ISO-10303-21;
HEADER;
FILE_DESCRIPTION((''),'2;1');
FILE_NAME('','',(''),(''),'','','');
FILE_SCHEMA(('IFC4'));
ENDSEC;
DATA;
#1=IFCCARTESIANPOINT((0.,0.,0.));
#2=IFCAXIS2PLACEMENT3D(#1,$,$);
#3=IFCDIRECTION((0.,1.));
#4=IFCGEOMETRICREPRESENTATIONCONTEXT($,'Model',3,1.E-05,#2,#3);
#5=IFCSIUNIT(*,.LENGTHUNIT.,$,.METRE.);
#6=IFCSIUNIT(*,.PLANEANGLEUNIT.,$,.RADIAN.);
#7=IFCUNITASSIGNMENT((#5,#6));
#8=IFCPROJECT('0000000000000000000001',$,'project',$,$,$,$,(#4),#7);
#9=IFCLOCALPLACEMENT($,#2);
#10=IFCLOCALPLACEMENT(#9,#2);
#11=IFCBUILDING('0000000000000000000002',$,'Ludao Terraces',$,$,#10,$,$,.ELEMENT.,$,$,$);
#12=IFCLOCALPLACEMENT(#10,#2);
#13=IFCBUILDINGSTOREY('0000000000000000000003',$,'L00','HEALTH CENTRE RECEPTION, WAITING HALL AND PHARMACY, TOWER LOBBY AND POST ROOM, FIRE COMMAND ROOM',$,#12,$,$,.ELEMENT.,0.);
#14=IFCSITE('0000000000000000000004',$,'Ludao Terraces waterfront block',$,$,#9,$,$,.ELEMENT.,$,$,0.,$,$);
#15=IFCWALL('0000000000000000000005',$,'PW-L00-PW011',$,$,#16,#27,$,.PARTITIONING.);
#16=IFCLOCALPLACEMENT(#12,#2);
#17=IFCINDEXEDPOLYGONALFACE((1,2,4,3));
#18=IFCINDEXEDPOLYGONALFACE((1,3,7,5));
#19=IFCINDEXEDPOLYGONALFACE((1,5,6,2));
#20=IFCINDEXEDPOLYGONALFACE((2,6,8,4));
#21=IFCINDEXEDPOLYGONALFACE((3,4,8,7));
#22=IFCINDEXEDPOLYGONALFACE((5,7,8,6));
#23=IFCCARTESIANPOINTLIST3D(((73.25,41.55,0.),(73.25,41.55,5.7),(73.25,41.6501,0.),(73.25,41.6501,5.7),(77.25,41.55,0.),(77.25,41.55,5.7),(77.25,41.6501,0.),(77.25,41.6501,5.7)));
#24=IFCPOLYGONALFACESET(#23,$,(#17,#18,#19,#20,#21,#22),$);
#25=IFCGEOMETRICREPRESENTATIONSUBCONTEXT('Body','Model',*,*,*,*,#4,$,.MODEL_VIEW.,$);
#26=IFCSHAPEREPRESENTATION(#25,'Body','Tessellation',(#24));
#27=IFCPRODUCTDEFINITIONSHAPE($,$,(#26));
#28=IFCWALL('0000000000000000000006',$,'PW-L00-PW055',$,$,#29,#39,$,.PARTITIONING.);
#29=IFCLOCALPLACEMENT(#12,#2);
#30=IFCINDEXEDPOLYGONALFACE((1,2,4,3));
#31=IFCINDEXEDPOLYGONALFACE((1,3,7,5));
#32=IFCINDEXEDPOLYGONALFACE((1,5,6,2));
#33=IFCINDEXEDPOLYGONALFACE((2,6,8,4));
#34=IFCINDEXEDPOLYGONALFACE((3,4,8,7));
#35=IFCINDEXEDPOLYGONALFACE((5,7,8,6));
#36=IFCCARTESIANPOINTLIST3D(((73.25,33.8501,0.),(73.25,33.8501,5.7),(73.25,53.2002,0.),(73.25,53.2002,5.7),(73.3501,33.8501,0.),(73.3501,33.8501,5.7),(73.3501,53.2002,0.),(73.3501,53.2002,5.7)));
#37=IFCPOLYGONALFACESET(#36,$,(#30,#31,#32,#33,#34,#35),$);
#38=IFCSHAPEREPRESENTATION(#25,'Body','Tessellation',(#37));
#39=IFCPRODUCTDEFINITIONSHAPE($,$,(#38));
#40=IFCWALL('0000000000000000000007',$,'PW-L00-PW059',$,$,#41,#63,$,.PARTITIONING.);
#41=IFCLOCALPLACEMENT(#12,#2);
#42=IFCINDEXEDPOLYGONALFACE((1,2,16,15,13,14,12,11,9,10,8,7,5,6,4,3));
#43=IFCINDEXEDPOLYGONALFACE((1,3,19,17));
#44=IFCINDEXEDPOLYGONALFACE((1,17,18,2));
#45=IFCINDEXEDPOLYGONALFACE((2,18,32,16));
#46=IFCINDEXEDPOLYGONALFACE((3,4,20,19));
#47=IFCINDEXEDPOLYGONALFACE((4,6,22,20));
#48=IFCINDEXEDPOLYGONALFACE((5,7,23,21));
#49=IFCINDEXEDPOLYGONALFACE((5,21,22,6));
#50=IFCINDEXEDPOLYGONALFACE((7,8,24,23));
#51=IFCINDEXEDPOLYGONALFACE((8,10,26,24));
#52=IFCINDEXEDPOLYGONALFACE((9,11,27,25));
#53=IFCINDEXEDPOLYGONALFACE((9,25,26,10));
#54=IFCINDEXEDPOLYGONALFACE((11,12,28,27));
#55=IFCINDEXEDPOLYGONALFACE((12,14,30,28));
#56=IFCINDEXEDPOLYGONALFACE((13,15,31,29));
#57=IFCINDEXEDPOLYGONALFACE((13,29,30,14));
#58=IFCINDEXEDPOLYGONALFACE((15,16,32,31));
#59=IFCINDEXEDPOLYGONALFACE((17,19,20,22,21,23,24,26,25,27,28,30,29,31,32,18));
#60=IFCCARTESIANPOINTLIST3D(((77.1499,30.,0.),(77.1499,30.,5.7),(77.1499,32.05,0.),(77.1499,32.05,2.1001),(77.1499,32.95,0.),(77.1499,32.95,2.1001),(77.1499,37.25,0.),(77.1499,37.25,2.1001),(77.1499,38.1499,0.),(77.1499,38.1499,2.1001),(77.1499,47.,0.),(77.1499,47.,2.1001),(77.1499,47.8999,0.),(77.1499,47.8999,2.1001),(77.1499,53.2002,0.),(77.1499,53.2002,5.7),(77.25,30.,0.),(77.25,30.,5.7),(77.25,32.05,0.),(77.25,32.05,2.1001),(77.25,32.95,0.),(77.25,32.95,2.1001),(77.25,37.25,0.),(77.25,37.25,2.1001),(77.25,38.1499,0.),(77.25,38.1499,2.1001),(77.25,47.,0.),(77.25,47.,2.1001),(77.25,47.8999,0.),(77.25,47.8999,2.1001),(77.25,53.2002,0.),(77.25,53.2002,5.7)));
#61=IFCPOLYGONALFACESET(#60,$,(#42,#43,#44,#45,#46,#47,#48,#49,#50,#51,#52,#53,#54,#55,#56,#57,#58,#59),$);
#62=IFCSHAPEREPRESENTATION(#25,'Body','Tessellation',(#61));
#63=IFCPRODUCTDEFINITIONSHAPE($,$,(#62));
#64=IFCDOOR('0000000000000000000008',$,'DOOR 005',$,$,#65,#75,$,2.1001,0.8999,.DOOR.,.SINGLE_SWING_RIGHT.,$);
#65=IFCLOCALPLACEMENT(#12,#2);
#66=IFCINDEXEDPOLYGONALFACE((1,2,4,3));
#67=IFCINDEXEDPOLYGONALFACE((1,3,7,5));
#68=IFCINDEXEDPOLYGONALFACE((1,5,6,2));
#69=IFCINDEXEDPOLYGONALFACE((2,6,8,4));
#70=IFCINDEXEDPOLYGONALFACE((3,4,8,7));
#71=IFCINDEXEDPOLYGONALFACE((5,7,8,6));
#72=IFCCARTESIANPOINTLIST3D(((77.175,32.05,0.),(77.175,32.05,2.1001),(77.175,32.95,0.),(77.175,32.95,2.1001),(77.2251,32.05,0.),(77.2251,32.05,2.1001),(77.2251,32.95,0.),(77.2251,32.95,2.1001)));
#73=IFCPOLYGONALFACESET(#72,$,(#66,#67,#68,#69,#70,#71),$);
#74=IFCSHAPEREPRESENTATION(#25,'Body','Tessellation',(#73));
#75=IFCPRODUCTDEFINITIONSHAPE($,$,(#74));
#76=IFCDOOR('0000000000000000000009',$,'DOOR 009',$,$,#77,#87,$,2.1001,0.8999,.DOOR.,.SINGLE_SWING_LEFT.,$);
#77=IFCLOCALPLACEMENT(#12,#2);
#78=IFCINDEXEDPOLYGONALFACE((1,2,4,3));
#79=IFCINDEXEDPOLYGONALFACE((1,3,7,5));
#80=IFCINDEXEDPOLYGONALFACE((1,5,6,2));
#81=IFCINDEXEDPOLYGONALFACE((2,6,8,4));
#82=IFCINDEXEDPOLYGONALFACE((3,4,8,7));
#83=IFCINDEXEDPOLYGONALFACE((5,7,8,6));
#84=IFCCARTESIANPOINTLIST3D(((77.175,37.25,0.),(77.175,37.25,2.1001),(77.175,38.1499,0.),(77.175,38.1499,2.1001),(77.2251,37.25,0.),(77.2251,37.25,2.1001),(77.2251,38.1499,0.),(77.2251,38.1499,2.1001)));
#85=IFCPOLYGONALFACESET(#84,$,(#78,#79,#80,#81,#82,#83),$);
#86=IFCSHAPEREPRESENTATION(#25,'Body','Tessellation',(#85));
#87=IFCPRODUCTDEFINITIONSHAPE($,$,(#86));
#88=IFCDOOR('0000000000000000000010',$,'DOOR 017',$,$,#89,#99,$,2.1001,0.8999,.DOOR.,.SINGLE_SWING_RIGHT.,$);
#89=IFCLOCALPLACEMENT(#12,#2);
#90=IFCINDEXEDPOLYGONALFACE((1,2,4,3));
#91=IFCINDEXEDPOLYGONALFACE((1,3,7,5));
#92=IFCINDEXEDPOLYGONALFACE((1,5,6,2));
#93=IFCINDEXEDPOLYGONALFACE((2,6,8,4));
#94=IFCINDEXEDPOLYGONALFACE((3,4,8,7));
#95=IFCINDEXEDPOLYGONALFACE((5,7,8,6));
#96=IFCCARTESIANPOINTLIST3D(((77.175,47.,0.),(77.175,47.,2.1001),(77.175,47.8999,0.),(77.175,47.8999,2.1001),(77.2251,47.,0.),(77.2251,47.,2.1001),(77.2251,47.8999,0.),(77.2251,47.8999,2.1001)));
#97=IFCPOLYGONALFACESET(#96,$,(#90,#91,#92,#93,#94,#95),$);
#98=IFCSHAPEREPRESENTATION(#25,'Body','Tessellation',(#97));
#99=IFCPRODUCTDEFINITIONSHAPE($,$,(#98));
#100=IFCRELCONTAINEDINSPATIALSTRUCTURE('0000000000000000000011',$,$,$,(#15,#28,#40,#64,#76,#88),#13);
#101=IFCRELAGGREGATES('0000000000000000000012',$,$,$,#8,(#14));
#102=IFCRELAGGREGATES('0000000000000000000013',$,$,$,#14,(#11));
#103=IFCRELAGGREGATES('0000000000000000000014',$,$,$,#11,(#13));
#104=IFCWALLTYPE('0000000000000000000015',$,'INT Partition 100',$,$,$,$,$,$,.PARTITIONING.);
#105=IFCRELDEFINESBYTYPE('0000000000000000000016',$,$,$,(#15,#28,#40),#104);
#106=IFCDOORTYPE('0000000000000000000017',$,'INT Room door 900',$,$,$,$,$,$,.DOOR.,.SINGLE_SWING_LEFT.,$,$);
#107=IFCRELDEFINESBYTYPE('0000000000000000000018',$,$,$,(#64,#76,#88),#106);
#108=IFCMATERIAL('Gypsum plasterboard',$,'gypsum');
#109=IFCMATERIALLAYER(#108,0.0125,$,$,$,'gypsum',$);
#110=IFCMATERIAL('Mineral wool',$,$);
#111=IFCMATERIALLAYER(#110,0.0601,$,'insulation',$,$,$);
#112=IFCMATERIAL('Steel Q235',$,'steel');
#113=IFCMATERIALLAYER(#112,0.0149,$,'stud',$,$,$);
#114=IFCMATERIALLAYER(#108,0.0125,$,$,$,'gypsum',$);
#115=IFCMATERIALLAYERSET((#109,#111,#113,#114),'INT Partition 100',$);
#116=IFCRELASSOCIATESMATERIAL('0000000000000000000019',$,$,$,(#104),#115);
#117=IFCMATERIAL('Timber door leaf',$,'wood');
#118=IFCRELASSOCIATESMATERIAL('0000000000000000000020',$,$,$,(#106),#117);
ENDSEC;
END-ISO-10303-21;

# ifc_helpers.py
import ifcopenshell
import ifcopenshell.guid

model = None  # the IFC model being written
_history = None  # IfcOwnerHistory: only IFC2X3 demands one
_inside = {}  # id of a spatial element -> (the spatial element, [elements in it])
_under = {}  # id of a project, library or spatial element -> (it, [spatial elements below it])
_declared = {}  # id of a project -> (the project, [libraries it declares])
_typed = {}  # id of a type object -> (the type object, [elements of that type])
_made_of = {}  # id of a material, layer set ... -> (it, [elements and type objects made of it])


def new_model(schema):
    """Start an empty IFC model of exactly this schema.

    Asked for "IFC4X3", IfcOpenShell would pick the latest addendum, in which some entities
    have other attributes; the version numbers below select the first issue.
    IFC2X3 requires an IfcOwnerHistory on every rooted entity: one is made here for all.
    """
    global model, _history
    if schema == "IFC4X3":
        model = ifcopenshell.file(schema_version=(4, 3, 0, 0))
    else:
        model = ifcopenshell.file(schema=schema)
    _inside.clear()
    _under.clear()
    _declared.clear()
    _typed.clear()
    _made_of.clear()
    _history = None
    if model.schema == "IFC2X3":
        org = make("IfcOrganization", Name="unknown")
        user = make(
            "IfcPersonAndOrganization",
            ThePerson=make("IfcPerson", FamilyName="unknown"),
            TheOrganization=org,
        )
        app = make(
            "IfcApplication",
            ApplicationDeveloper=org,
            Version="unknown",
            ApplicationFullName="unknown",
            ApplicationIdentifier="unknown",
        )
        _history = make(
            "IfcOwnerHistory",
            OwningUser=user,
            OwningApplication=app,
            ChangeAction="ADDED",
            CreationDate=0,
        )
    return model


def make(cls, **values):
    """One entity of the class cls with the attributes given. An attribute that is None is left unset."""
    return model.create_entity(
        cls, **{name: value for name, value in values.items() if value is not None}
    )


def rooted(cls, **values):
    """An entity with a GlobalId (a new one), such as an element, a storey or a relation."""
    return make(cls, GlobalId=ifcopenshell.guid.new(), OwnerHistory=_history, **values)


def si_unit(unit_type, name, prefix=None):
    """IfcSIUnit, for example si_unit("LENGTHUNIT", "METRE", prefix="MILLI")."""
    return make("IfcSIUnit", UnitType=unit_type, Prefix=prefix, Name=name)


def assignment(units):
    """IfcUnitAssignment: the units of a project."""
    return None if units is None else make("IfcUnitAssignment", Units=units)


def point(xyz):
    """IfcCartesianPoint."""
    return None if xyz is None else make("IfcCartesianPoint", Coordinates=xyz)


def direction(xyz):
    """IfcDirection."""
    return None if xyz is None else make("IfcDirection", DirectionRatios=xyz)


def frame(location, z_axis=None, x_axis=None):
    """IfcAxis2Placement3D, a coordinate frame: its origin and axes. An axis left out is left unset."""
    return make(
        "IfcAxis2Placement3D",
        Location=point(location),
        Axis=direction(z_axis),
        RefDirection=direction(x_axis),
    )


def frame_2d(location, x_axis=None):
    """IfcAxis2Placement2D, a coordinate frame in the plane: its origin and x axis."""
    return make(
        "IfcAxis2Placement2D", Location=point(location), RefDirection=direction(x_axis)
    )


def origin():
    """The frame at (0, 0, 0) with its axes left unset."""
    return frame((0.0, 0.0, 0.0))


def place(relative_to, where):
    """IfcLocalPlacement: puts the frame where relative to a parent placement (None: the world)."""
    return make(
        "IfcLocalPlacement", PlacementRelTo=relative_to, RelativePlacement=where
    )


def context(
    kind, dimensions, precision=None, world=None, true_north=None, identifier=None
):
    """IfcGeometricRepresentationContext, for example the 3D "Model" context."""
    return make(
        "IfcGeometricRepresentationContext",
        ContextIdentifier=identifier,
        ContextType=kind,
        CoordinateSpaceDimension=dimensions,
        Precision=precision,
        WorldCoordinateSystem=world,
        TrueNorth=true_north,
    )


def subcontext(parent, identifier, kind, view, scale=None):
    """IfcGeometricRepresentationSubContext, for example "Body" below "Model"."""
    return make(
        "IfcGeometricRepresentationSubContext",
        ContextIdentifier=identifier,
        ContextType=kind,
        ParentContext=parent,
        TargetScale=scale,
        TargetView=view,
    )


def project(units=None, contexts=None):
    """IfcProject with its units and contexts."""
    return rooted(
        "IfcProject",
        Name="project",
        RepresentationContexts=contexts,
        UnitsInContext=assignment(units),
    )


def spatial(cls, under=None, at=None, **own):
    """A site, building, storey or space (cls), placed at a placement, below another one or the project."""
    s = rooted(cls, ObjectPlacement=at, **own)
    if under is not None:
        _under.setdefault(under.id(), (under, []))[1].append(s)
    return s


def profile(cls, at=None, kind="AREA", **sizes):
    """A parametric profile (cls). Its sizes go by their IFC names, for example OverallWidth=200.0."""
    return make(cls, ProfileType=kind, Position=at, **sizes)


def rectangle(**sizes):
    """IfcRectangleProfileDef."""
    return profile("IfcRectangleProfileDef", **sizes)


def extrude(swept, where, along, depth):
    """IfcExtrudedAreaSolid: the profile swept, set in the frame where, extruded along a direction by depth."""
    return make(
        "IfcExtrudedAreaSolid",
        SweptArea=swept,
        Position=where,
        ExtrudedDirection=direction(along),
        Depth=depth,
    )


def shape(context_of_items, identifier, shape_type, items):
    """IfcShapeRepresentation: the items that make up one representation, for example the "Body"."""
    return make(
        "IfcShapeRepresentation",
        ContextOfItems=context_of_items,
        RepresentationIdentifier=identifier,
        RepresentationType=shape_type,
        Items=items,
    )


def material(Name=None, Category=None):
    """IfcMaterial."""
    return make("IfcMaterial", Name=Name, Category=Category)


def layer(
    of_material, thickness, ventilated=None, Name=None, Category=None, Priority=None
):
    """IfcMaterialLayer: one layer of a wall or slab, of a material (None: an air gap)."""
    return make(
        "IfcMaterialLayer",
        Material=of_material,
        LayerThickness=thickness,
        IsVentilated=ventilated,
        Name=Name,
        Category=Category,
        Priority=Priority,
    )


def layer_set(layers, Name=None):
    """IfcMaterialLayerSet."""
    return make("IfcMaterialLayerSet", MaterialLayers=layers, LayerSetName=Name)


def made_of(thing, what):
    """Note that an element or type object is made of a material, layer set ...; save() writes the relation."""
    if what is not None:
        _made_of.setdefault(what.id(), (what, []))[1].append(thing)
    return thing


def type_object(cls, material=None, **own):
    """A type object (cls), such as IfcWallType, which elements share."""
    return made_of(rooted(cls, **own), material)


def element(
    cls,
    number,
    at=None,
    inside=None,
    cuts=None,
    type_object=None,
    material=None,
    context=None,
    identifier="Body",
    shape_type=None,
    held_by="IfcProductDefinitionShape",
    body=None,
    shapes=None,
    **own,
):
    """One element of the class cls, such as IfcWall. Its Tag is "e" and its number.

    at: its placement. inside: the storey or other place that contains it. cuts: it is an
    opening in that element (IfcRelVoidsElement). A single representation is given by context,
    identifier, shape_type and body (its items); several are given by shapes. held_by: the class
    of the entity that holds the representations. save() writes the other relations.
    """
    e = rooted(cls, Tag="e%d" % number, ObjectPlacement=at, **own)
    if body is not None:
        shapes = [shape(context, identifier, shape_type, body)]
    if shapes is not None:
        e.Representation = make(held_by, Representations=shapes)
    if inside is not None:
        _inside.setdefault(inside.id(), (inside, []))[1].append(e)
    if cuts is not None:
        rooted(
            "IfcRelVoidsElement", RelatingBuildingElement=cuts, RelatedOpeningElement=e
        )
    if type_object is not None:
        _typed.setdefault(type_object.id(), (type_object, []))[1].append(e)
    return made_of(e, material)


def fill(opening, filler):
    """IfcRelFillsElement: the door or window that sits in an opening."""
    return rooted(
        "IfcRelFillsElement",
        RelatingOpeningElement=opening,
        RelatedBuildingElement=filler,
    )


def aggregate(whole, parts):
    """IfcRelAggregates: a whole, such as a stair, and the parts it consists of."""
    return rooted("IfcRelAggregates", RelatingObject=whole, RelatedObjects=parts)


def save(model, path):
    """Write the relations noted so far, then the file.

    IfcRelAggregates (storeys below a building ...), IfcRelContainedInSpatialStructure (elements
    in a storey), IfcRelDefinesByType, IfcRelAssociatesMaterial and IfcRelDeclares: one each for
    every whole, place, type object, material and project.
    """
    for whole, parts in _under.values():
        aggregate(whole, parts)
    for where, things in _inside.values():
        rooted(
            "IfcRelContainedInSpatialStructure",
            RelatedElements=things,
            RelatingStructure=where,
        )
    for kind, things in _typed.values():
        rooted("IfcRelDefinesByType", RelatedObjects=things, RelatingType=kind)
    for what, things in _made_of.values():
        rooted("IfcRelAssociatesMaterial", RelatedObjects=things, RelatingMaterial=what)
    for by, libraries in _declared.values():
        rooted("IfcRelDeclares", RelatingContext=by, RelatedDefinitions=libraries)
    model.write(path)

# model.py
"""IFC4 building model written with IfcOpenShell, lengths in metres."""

from ifc_helpers import new_model, si_unit, direction, frame, frame_2d, origin, place, context, subcontext, project, spatial, rectangle, extrude, material, layer, layer_set, type_object, element, fill, save


model = new_model("IFC4")

# Units and contexts
model_context = context("Model", 3, precision=1e-05, world=origin(), true_north=direction((0.0, 1.0)))
body_context = subcontext(model_context, "Body", "Model", "MODEL_VIEW")
ifc_project = project(units=[si_unit("LENGTHUNIT", "METRE"), si_unit("PLANEANGLEUNIT", "RADIAN")], contexts=[model_context])

# Site, building, storey
site_placement = place(None, origin())
site = spatial("IfcSite", under=ifc_project, at=site_placement, Name="Ludao Terraces waterfront block", CompositionType="ELEMENT", RefElevation=0.0)
building_placement = place(site_placement, origin())
building = spatial("IfcBuilding", under=site, at=building_placement, Name="Ludao Terraces", CompositionType="ELEMENT")
storey_placement = place(building_placement, origin())
storey = spatial("IfcBuildingStorey", under=building, at=storey_placement, Name="L00", Description="HEALTH CENTRE RECEPTION, WAITING HALL AND PHARMACY, TOWER LOBBY AND POST ROOM, FIRE COMMAND ROOM", CompositionType="ELEMENT", Elevation=0.0)

# Shared definitions
ifc_material_1 = material(Name="Mineral wool")

# Walls
ifc_material_2 = material(Name="Gypsum plasterboard", Category="gypsum")
ifc_layer_1 = layer(ifc_material_2, 0.0125, Category="gypsum")
ifc_layer_2 = layer(ifc_material_1, 0.0601, Name="insulation")
ifc_material_3 = material(Name="Steel Q235", Category="steel")
ifc_layer_3 = layer(ifc_material_3, 0.0149, Name="stud")
ifc_layer_4 = layer(ifc_material_2, 0.0125, Category="gypsum")
ifc_layer_set_1 = layer_set([ifc_layer_1, ifc_layer_2, ifc_layer_3, ifc_layer_4], Name="INT Partition 100")
wall_type_1 = type_object("IfcWallType", Name="INT Partition 100", PredefinedType="PARTITIONING", material=ifc_layer_set_1)
wall_1_placement = place(storey_placement, frame((73.25, 41.6001, 0.0), z_axis=(0.0, 0.0, 1.0), x_axis=(1.0, 0.0, 0.0)))
element("IfcWall", 1, at=wall_1_placement, inside=storey, type_object=wall_type_1, Name="PW-L00-PW011", PredefinedType="PARTITIONING", context=body_context, shape_type="SweptSolid", body=[
    extrude(rectangle(XDim=4.0, YDim=0.1001, at=frame_2d((2.0, 0.0))), origin(), (0.0, 0.0, 1.0), 5.7),
])
wall_2_placement = place(storey_placement, frame((73.3, 33.8501, 0.0), z_axis=(0.0, 0.0, 1.0), x_axis=(0.0, 1.0, 0.0)))
element("IfcWall", 2, at=wall_2_placement, inside=storey, type_object=wall_type_1, Name="PW-L00-PW055", PredefinedType="PARTITIONING", context=body_context, shape_type="SweptSolid", body=[
    extrude(rectangle(XDim=19.3501, YDim=0.1001, at=frame_2d((9.675, 0.0))), origin(), (0.0, 0.0, 1.0), 5.7),
])

# Wall, openings, doors
wall_3_placement = place(storey_placement, frame((77.2, 30.0, 0.0), z_axis=(0.0, 0.0, 1.0), x_axis=(0.0, 1.0, 0.0)))
wall_3 = element("IfcWall", 3, at=wall_3_placement, inside=storey, type_object=wall_type_1, Name="PW-L00-PW059", PredefinedType="PARTITIONING", context=body_context, shape_type="SweptSolid", body=[
    extrude(rectangle(XDim=23.2002, YDim=0.1001, at=frame_2d((11.6001, 0.0))), origin(), (0.0, 0.0, 1.0), 5.7),
])
opening_1_placement = place(wall_3_placement, frame((2.05, 0.0, 0.0)))
opening_1 = element("IfcOpeningElement", 4, at=opening_1_placement, cuts=wall_3, PredefinedType="OPENING", context=body_context, shape_type="SweptSolid", body=[
    extrude(rectangle(XDim=0.8999, YDim=2.1001, at=frame_2d((0.45, 1.05))), frame((0.0, 0.0601, 0.0), z_axis=(0.0, -1.0, 0.0), x_axis=(1.0, 0.0, 0.0)), (0.0, 0.0, 1.0), 0.1201),
])
opening_2_placement = place(wall_3_placement, frame((7.25, 0.0, 0.0)))
opening_2 = element("IfcOpeningElement", 5, at=opening_2_placement, cuts=wall_3, PredefinedType="OPENING", context=body_context, shape_type="SweptSolid", body=[
    extrude(rectangle(XDim=0.8999, YDim=2.1001, at=frame_2d((0.45, 1.05))), frame((0.0, 0.0601, 0.0), z_axis=(0.0, -1.0, 0.0), x_axis=(1.0, 0.0, 0.0)), (0.0, 0.0, 1.0), 0.1201),
])
opening_3_placement = place(wall_3_placement, frame((17.0, 0.0, 0.0)))
opening_3 = element("IfcOpeningElement", 6, at=opening_3_placement, cuts=wall_3, PredefinedType="OPENING", context=body_context, shape_type="SweptSolid", body=[
    extrude(rectangle(XDim=0.8999, YDim=2.1001, at=frame_2d((0.45, 1.05))), frame((0.0, 0.0601, 0.0), z_axis=(0.0, -1.0, 0.0), x_axis=(1.0, 0.0, 0.0)), (0.0, 0.0, 1.0), 0.1201),
])
ifc_material_4 = material(Name="Timber door leaf", Category="wood")
door_type_1 = type_object("IfcDoorType", Name="INT Room door 900", OperationType="SINGLE_SWING_LEFT", PredefinedType="DOOR", material=ifc_material_4)
door_1_placement = place(opening_1_placement, origin())
door_1 = element("IfcDoor", 7, at=door_1_placement, inside=storey, type_object=door_type_1, Name="DOOR 005", OperationType="SINGLE_SWING_RIGHT", OverallHeight=2.1001, OverallWidth=0.8999, PredefinedType="DOOR", context=body_context, shape_type="SweptSolid", body=[
    extrude(rectangle(XDim=0.8999, YDim=2.1001, at=frame_2d((0.45, 1.05))), frame((0.0, 0.0249, 0.0), z_axis=(0.0, -1.0, 0.0), x_axis=(1.0, 0.0, 0.0)), (0.0, 0.0, 1.0), 0.05),
])
fill(opening_1, door_1)
door_2_placement = place(opening_2_placement, origin())
door_2 = element("IfcDoor", 8, at=door_2_placement, inside=storey, type_object=door_type_1, Name="DOOR 009", OperationType="SINGLE_SWING_LEFT", OverallHeight=2.1001, OverallWidth=0.8999, PredefinedType="DOOR", context=body_context, shape_type="SweptSolid", body=[
    extrude(rectangle(XDim=0.8999, YDim=2.1001, at=frame_2d((0.45, 1.05))), frame((0.0, 0.0249, 0.0), z_axis=(0.0, -1.0, 0.0), x_axis=(1.0, 0.0, 0.0)), (0.0, 0.0, 1.0), 0.05),
])
fill(opening_2, door_2)
door_3_placement = place(opening_3_placement, origin())
door_3 = element("IfcDoor", 9, at=door_3_placement, inside=storey, type_object=door_type_1, Name="DOOR 017", OperationType="SINGLE_SWING_RIGHT", OverallHeight=2.1001, OverallWidth=0.8999, PredefinedType="DOOR", context=body_context, shape_type="SweptSolid", body=[
    extrude(rectangle(XDim=0.8999, YDim=2.1001, at=frame_2d((0.45, 1.05))), frame((0.0, 0.0249, 0.0), z_axis=(0.0, -1.0, 0.0), x_axis=(1.0, 0.0, 0.0)), (0.0, 0.0, 1.0), 0.05),
])
fill(opening_3, door_3)

save(model, "model.ifc")
